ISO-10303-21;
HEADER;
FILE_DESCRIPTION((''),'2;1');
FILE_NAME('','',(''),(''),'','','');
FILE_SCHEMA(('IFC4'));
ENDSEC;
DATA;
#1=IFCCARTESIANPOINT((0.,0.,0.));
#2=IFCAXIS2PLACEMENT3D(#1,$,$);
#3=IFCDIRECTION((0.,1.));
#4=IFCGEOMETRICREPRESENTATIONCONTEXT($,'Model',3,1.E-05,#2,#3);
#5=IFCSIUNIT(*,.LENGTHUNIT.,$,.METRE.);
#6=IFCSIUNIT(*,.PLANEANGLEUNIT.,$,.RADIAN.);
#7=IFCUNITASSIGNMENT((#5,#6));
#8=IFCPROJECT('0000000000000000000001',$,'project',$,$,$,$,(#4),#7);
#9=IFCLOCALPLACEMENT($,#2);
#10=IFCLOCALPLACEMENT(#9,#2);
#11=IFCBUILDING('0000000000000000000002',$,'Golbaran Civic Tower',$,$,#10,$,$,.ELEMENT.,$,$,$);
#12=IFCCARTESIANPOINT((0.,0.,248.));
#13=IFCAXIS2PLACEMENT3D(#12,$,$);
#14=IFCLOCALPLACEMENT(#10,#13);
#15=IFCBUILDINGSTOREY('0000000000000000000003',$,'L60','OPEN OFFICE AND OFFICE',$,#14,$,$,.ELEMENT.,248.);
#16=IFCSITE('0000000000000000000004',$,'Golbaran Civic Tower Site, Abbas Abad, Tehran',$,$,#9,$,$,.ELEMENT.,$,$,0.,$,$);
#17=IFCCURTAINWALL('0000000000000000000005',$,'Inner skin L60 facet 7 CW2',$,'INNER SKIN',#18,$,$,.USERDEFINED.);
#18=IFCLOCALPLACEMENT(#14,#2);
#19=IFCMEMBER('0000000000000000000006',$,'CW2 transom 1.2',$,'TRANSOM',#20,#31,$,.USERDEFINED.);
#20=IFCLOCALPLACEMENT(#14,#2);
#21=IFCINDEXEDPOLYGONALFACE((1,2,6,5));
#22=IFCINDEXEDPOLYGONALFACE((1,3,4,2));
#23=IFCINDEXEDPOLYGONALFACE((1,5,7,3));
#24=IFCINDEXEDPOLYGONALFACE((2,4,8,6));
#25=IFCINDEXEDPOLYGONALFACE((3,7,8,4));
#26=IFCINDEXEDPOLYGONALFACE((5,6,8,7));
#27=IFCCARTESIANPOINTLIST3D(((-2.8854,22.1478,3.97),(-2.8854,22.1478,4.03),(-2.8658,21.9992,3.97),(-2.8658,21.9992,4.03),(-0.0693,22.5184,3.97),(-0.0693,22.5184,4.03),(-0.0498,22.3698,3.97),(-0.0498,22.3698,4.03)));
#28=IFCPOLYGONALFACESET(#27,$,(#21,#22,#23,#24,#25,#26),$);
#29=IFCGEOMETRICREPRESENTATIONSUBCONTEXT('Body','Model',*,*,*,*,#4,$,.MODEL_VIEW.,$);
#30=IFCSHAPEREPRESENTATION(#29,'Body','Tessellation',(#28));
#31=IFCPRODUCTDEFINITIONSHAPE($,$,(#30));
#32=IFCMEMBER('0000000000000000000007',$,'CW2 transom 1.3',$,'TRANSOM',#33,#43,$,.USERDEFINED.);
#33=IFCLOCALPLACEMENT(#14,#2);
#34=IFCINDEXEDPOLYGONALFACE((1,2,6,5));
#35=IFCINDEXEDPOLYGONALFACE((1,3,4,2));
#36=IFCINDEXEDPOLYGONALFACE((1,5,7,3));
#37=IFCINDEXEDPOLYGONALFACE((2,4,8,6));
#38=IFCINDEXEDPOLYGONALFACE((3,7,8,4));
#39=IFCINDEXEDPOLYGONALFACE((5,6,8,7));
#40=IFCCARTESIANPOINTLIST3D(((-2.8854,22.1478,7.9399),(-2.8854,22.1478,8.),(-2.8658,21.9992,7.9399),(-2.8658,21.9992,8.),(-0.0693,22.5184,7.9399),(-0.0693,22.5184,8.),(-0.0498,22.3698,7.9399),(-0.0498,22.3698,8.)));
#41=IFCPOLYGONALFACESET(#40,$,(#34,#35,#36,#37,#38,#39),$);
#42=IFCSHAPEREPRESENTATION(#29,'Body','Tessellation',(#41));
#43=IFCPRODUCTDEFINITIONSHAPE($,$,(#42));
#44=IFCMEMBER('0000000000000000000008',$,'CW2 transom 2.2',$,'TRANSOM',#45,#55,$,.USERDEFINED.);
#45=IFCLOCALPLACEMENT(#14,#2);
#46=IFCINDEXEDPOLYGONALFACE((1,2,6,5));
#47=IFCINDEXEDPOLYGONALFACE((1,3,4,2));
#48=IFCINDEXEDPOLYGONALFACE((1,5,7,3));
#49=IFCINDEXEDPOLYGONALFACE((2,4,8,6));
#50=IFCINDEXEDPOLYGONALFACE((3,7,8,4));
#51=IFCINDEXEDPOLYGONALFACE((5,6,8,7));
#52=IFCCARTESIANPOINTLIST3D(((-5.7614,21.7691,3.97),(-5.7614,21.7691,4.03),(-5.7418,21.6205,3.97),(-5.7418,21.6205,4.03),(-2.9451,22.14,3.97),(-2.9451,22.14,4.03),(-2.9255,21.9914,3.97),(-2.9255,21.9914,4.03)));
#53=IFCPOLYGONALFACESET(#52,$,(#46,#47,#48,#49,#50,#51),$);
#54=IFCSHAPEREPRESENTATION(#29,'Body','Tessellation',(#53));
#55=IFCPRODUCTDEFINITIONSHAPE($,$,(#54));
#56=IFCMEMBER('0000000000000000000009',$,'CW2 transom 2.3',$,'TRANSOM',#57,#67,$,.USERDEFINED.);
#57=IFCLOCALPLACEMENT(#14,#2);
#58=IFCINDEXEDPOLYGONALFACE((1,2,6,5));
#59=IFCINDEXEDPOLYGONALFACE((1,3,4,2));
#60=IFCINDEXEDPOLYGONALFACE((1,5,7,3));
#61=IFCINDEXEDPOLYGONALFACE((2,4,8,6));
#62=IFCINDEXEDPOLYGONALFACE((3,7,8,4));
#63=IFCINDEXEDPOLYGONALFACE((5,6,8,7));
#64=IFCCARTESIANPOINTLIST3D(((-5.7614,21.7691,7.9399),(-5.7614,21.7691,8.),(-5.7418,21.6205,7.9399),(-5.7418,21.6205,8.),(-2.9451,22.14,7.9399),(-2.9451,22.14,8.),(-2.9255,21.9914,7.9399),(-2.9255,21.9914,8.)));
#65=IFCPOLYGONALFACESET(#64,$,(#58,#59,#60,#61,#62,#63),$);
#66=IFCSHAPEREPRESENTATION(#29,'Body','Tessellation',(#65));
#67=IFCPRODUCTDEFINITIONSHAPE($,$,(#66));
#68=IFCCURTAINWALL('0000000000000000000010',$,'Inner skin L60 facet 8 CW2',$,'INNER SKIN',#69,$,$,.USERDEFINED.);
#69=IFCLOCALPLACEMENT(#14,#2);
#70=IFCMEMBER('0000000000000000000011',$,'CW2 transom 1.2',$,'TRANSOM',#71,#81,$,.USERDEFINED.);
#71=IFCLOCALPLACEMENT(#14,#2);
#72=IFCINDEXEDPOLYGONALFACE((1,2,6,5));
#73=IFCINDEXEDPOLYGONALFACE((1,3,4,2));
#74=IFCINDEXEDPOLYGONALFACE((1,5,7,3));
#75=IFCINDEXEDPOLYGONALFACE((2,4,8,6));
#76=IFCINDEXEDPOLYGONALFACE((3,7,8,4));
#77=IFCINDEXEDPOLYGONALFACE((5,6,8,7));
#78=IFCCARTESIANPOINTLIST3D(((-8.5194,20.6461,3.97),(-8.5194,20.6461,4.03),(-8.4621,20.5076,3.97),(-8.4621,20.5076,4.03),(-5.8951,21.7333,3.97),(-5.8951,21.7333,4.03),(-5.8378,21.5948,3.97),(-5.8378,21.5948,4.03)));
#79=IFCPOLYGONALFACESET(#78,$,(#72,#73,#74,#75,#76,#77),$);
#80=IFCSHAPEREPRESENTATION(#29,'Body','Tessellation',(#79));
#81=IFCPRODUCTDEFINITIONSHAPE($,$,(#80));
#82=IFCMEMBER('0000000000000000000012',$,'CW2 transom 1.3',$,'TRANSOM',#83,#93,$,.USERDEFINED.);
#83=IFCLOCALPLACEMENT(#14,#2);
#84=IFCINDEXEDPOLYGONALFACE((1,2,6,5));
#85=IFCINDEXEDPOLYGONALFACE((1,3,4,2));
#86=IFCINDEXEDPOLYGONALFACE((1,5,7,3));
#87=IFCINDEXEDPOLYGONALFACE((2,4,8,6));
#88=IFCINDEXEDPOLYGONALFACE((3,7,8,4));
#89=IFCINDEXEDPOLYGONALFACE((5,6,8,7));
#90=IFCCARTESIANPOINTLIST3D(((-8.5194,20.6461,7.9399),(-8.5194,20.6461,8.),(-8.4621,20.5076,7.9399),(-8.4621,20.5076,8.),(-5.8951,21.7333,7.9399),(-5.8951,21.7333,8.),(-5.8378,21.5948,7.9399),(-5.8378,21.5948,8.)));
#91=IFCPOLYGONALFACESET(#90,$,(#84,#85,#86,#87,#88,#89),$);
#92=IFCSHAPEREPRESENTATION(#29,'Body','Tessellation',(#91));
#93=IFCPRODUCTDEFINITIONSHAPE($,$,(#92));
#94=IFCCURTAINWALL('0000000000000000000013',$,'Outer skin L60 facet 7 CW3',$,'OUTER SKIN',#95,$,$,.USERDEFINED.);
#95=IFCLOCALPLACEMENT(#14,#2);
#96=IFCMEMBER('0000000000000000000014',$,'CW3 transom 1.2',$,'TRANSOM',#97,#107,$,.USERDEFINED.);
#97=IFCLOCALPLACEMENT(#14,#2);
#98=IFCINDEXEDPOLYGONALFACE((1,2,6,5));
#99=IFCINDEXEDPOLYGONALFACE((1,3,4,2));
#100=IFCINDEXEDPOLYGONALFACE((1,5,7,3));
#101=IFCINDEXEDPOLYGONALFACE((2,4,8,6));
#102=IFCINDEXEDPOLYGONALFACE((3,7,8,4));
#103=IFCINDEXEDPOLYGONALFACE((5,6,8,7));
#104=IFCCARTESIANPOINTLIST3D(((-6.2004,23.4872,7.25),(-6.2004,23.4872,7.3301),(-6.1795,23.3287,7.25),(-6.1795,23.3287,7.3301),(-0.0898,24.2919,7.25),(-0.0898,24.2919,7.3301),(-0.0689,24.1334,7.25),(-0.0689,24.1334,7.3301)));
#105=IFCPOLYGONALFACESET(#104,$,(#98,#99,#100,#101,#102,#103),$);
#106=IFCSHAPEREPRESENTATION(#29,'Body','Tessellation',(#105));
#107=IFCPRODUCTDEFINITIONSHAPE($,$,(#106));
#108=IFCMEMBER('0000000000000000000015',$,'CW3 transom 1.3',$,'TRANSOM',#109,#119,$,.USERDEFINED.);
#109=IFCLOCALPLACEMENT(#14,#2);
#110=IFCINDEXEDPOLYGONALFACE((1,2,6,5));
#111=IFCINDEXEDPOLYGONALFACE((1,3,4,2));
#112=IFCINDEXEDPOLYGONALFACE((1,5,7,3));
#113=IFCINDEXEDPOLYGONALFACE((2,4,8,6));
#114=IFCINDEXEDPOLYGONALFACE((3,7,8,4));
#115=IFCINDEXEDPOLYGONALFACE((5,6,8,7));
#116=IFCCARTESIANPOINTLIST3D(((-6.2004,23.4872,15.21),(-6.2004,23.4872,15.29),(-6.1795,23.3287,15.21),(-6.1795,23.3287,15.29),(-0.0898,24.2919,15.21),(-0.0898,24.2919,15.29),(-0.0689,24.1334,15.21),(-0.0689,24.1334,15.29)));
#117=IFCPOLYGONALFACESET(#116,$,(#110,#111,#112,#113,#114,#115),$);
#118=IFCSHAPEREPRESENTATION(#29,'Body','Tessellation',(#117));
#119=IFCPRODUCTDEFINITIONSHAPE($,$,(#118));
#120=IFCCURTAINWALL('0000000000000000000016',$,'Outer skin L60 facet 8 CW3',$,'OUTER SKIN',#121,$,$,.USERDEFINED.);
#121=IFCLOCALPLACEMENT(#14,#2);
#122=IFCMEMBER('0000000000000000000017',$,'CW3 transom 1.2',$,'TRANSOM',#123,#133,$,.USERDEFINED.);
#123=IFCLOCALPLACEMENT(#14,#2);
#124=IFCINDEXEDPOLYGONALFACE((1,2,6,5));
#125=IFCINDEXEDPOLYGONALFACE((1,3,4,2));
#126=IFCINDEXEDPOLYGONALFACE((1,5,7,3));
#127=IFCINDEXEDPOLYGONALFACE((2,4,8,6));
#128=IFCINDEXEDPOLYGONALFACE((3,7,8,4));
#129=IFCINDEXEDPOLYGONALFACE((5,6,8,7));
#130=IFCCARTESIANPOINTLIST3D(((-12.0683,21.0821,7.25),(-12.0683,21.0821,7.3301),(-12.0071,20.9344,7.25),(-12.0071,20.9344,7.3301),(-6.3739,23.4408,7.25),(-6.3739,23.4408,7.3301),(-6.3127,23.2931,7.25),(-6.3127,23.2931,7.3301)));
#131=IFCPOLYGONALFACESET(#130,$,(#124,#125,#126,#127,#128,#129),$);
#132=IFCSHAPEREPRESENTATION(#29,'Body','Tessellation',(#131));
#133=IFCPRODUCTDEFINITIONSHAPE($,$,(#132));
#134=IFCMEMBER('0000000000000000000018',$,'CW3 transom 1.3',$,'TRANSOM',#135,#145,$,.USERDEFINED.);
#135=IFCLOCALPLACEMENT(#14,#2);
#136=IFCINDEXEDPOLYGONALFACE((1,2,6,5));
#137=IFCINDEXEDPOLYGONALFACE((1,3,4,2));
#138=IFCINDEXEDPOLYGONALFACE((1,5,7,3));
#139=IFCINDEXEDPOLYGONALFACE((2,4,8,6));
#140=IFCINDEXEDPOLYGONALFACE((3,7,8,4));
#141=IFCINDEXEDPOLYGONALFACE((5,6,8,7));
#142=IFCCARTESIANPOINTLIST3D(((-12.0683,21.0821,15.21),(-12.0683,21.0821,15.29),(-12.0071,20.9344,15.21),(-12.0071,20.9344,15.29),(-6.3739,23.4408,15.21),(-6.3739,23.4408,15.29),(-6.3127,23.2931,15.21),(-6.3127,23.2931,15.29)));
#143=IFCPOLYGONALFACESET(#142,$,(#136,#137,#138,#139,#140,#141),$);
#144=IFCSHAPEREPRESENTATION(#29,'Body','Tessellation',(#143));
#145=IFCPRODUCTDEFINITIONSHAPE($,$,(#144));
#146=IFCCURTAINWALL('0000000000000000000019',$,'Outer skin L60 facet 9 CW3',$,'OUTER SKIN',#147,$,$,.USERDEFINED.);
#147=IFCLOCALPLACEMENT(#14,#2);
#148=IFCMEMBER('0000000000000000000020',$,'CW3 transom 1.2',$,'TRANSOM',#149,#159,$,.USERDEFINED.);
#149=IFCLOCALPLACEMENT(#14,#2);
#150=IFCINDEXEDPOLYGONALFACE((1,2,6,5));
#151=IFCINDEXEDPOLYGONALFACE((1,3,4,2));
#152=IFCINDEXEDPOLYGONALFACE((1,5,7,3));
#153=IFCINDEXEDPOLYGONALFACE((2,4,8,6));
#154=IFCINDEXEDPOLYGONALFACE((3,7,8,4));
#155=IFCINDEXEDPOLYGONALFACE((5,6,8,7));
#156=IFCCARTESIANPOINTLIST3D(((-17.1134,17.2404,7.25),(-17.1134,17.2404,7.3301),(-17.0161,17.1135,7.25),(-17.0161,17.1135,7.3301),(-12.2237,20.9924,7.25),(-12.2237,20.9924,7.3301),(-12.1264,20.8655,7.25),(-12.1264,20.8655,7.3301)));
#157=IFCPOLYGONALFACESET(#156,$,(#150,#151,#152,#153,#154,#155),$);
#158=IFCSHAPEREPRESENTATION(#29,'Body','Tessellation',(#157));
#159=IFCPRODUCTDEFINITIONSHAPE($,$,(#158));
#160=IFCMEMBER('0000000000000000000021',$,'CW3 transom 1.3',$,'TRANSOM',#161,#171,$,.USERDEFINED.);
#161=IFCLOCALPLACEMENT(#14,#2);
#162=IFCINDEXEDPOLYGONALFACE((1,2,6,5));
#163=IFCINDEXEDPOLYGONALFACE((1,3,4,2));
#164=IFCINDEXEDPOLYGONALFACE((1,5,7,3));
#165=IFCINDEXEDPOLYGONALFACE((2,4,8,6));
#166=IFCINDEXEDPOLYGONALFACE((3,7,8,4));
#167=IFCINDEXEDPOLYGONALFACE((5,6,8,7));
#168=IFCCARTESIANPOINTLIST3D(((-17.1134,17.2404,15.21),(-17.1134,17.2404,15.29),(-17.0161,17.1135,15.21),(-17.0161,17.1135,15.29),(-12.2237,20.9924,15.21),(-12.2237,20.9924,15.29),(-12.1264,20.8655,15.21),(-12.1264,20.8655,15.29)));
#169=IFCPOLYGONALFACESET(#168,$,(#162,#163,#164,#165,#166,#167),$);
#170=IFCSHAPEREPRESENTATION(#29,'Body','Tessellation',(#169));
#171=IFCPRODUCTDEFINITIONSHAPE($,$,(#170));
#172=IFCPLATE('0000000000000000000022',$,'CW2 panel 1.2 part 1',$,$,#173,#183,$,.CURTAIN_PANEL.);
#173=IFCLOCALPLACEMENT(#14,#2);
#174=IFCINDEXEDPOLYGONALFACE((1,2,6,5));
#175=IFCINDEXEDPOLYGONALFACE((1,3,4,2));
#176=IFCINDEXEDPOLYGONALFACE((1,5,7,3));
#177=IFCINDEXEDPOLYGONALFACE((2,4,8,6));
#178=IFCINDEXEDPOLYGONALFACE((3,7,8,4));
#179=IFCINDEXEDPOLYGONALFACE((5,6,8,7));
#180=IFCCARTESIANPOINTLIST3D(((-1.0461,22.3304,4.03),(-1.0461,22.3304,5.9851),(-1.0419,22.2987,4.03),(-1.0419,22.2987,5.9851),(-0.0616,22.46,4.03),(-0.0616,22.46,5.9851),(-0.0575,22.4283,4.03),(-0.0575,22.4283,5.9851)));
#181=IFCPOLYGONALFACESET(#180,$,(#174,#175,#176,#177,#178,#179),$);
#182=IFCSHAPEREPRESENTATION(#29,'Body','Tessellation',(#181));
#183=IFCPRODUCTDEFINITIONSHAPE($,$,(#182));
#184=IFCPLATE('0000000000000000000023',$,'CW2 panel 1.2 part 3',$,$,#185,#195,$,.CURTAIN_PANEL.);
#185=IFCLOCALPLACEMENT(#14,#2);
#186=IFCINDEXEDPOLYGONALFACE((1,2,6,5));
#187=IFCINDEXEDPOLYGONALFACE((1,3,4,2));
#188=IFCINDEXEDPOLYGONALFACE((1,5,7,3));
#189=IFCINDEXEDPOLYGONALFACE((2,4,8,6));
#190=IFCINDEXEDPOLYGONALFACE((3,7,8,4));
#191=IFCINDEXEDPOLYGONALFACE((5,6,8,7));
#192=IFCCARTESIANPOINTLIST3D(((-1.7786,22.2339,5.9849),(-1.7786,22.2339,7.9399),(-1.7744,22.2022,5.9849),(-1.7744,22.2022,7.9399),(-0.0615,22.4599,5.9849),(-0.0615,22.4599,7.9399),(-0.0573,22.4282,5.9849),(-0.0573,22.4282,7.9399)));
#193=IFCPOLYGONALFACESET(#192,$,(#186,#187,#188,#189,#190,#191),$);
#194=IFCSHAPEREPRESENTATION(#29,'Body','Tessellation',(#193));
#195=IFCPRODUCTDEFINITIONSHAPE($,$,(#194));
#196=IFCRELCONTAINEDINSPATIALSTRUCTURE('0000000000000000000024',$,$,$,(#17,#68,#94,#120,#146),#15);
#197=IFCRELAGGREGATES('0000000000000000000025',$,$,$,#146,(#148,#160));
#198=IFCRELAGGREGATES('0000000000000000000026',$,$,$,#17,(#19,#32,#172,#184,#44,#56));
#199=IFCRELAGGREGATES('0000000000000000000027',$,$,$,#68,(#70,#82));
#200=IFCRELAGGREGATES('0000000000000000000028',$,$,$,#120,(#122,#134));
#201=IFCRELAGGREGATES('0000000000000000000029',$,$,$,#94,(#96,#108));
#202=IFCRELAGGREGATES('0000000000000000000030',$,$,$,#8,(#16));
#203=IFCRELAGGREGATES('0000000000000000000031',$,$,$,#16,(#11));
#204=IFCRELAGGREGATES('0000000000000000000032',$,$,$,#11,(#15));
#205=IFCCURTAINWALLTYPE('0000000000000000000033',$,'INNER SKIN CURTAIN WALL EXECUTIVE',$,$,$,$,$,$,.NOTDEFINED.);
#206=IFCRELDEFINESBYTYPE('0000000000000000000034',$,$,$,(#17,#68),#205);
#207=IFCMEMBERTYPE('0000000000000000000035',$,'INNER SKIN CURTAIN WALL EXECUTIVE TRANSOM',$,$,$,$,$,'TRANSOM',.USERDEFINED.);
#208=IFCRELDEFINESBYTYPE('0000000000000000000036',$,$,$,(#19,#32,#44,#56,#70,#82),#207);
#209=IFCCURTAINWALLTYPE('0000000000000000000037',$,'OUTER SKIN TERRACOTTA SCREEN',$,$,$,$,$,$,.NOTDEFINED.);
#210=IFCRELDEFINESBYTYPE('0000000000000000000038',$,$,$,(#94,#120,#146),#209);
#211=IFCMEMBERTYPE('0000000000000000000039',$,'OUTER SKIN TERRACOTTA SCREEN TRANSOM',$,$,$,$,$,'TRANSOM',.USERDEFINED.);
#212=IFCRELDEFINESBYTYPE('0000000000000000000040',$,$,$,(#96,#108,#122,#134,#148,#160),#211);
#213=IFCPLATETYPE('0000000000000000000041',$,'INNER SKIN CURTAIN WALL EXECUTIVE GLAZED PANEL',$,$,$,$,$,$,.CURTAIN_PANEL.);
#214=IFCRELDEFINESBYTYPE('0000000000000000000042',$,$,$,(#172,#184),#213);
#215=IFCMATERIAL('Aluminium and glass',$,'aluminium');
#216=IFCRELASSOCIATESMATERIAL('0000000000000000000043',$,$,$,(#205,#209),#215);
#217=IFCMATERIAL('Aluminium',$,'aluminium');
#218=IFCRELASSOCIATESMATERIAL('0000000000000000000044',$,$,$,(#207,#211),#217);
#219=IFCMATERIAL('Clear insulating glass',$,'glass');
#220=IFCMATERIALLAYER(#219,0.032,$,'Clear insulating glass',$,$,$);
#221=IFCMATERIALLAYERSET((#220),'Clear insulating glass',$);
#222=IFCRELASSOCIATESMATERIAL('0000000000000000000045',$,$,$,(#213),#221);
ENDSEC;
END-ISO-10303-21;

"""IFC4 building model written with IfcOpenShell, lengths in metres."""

from ifc_helpers import new_model, si_unit, direction, frame, origin, origin_2d, place, context, subcontext, project, spatial, rectangle, extrude, material, layer, layer_set, material_profile, profile_set, type_object, element, aggregate, save


model = new_model("IFC4")

# Units and contexts
model_context = context("Model", 3, precision=1e-05, world=origin(), true_north=direction((0.0, 1.0)))
body_context = subcontext(model_context, "Body", "Model", "MODEL_VIEW")
ifc_project = project(units=[si_unit("LENGTHUNIT", "METRE"), si_unit("PLANEANGLEUNIT", "RADIAN")], contexts=[model_context])

# Site, building, storey
site_placement = place(None, origin())
site = spatial("IfcSite", under=ifc_project, at=site_placement, Name="Golbaran Civic Tower Site, Abbas Abad, Tehran", CompositionType="ELEMENT", RefElevation=0.0)
building_placement = place(site_placement, origin())
building = spatial("IfcBuilding", under=site, at=building_placement, Name="Golbaran Civic Tower", CompositionType="ELEMENT")
storey_placement = place(building_placement, frame((0.0, 0.0, 248.0)))
storey = spatial("IfcBuildingStorey", under=building, at=storey_placement, Name="L60", Description="OPEN OFFICE AND OFFICE", CompositionType="ELEMENT", Elevation=248.0)

# Curtain walls, members
ifc_material_1 = material(Name="Aluminium and glass", Category="aluminium")
curtain_wall_type_1 = type_object("IfcCurtainWallType", Name="INNER SKIN CURTAIN WALL EXECUTIVE", PredefinedType="NOTDEFINED", material=ifc_material_1)
curtain_wall_1_placement = place(storey_placement, origin())
curtain_wall_1 = element("IfcCurtainWall", 1, at=curtain_wall_1_placement, inside=storey, type_object=curtain_wall_type_1, Name="Inner skin L60 facet 7 CW2", ObjectType="INNER SKIN", PredefinedType="USERDEFINED")
ifc_material_2 = material(Name="Aluminium", Category="aluminium")
ifc_material_profile_1 = material_profile(ifc_material_2, rectangle(XDim=0.1499, YDim=0.0601, at=origin_2d()), Name="INNER SKIN CURTAIN WALL EXECUTIVE TRANSOM")
ifc_profile_set_1 = profile_set([ifc_material_profile_1], Name="Aluminium")
member_type_1 = type_object("IfcMemberType", Name="INNER SKIN CURTAIN WALL EXECUTIVE TRANSOM", ElementType="TRANSOM", PredefinedType="USERDEFINED", material=ifc_profile_set_1)
member_1_placement = place(storey_placement, frame((-0.0596, 22.4441, 4.0), z_axis=(-0.991452, -0.130475, 0.0), x_axis=(0.130475, -0.991452, 0.0)))
member_1 = element("IfcMember", 2, at=member_1_placement, type_object=member_type_1, Name="CW2 transom 1.2", ObjectType="TRANSOM", PredefinedType="USERDEFINED", context=body_context, shape_type="SweptSolid", body=[
    extrude(rectangle(XDim=0.1499, YDim=0.0601, at=origin_2d()), origin(), (0.0, 0.0, 1.0), 2.8403),
])
member_2_placement = place(storey_placement, frame((-0.0596, 22.4441, 7.97), z_axis=(-0.991452, -0.130475, 0.0), x_axis=(0.130475, -0.991452, 0.0)))
member_2 = element("IfcMember", 3, at=member_2_placement, type_object=member_type_1, Name="CW2 transom 1.3", ObjectType="TRANSOM", PredefinedType="USERDEFINED", context=body_context, shape_type="SweptSolid", body=[
    extrude(rectangle(XDim=0.1499, YDim=0.0601, at=origin_2d()), origin(), (0.0, 0.0, 1.0), 2.8403),
])
member_3_placement = place(storey_placement, frame((-2.9353, 22.0657, 4.0), z_axis=(-0.991441, -0.130559, 0.0), x_axis=(0.130559, -0.991441, 0.0)))
member_3 = element("IfcMember", 4, at=member_3_placement, type_object=member_type_1, Name="CW2 transom 2.2", ObjectType="TRANSOM", PredefinedType="USERDEFINED", context=body_context, shape_type="SweptSolid", body=[
    extrude(rectangle(XDim=0.1499, YDim=0.0601, at=origin_2d()), origin(), (0.0, 0.0, 1.0), 2.8406),
])
member_4_placement = place(storey_placement, frame((-2.9353, 22.0657, 7.97), z_axis=(-0.991441, -0.130559, 0.0), x_axis=(0.130559, -0.991441, 0.0)))
member_4 = element("IfcMember", 5, at=member_4_placement, type_object=member_type_1, Name="CW2 transom 2.3", ObjectType="TRANSOM", PredefinedType="USERDEFINED", context=body_context, shape_type="SweptSolid", body=[
    extrude(rectangle(XDim=0.1499, YDim=0.0601, at=origin_2d()), origin(), (0.0, 0.0, 1.0), 2.8406),
])
curtain_wall_2_placement = place(storey_placement, origin())
curtain_wall_2 = element("IfcCurtainWall", 6, at=curtain_wall_2_placement, inside=storey, type_object=curtain_wall_type_1, Name="Inner skin L60 facet 8 CW2", ObjectType="INNER SKIN", PredefinedType="USERDEFINED")
member_5_placement = place(storey_placement, frame((-5.8665, 21.6641, 4.0), z_axis=(-0.923861, -0.382729, 0.0), x_axis=(0.382729, -0.923861, 0.0)))
member_5 = element("IfcMember", 7, at=member_5_placement, type_object=member_type_1, Name="CW2 transom 1.2", ObjectType="TRANSOM", PredefinedType="USERDEFINED", context=body_context, shape_type="SweptSolid", body=[
    extrude(rectangle(XDim=0.1499, YDim=0.0601, at=origin_2d()), origin(), (0.0, 0.0, 1.0), 2.8406),
])
member_6_placement = place(storey_placement, frame((-5.8665, 21.6641, 7.97), z_axis=(-0.923861, -0.382729, 0.0), x_axis=(0.382729, -0.923861, 0.0)))
member_6 = element("IfcMember", 8, at=member_6_placement, type_object=member_type_1, Name="CW2 transom 1.3", ObjectType="TRANSOM", PredefinedType="USERDEFINED", context=body_context, shape_type="SweptSolid", body=[
    extrude(rectangle(XDim=0.1499, YDim=0.0601, at=origin_2d()), origin(), (0.0, 0.0, 1.0), 2.8406),
])
curtain_wall_type_2 = type_object("IfcCurtainWallType", Name="OUTER SKIN TERRACOTTA SCREEN", PredefinedType="NOTDEFINED", material=ifc_material_1)
curtain_wall_3_placement = place(storey_placement, origin())
curtain_wall_3 = element("IfcCurtainWall", 9, at=curtain_wall_3_placement, inside=storey, type_object=curtain_wall_type_2, Name="Outer skin L60 facet 7 CW3", ObjectType="OUTER SKIN", PredefinedType="USERDEFINED")
ifc_material_profile_2 = material_profile(ifc_material_2, rectangle(XDim=0.1599, YDim=0.0801, at=origin_2d()), Name="OUTER SKIN TERRACOTTA SCREEN TRANSOM")
ifc_profile_set_2 = profile_set([ifc_material_profile_2], Name="Aluminium")
member_type_2 = type_object("IfcMemberType", Name="OUTER SKIN TERRACOTTA SCREEN TRANSOM", ElementType="TRANSOM", PredefinedType="USERDEFINED", material=ifc_profile_set_2)
member_7_placement = place(storey_placement, frame((-0.0793, 24.2126, 7.29), z_axis=(-0.99144, -0.13056, 0.0), x_axis=(0.13056, -0.99144, 0.0)))
member_7 = element("IfcMember", 10, at=member_7_placement, type_object=member_type_2, Name="CW3 transom 1.2", ObjectType="TRANSOM", PredefinedType="USERDEFINED", context=body_context, shape_type="SweptSolid", body=[
    extrude(rectangle(XDim=0.1599, YDim=0.0801, at=origin_2d()), origin(), (0.0, 0.0, 1.0), 6.1633),
])
member_8_placement = place(storey_placement, frame((-0.0793, 24.2126, 15.25), z_axis=(-0.99144, -0.13056, 0.0), x_axis=(0.13056, -0.99144, 0.0)))
member_8 = element("IfcMember", 11, at=member_8_placement, type_object=member_type_2, Name="CW3 transom 1.3", ObjectType="TRANSOM", PredefinedType="USERDEFINED", context=body_context, shape_type="SweptSolid", body=[
    extrude(rectangle(XDim=0.1599, YDim=0.0801, at=origin_2d()), origin(), (0.0, 0.0, 1.0), 6.1633),
])
curtain_wall_4_placement = place(storey_placement, origin())
curtain_wall_4 = element("IfcCurtainWall", 12, at=curtain_wall_4_placement, inside=storey, type_object=curtain_wall_type_2, Name="Outer skin L60 facet 8 CW3", ObjectType="OUTER SKIN", PredefinedType="USERDEFINED")
member_9_placement = place(storey_placement, frame((-6.3433, 23.3669, 7.29), z_axis=(-0.923881, -0.382679, 0.0), x_axis=(0.382679, -0.923881, 0.0)))
member_9 = element("IfcMember", 13, at=member_9_placement, type_object=member_type_2, Name="CW3 transom 1.2", ObjectType="TRANSOM", PredefinedType="USERDEFINED", context=body_context, shape_type="SweptSolid", body=[
    extrude(rectangle(XDim=0.1599, YDim=0.0801, at=origin_2d()), origin(), (0.0, 0.0, 1.0), 6.1636),
])
member_10_placement = place(storey_placement, frame((-6.3433, 23.3669, 15.25), z_axis=(-0.923881, -0.382679, 0.0), x_axis=(0.382679, -0.923881, 0.0)))
member_10 = element("IfcMember", 14, at=member_10_placement, type_object=member_type_2, Name="CW3 transom 1.3", ObjectType="TRANSOM", PredefinedType="USERDEFINED", context=body_context, shape_type="SweptSolid", body=[
    extrude(rectangle(XDim=0.1599, YDim=0.0801, at=origin_2d()), origin(), (0.0, 0.0, 1.0), 6.1636),
])
curtain_wall_5_placement = place(storey_placement, origin())
curtain_wall_5 = element("IfcCurtainWall", 15, at=curtain_wall_5_placement, inside=storey, type_object=curtain_wall_type_2, Name="Outer skin L60 facet 9 CW3", ObjectType="OUTER SKIN", PredefinedType="USERDEFINED")
member_11_placement = place(storey_placement, frame((-12.175, 20.929, 7.29), z_axis=(-0.793354, -0.608761, 0.0), x_axis=(0.608761, -0.793354, 0.0)))
member_11 = element("IfcMember", 16, at=member_11_placement, type_object=member_type_2, Name="CW3 transom 1.2", ObjectType="TRANSOM", PredefinedType="USERDEFINED", context=body_context, shape_type="SweptSolid", body=[
    extrude(rectangle(XDim=0.1599, YDim=0.0801, at=origin_2d()), origin(), (0.0, 0.0, 1.0), 6.1633),
])
member_12_placement = place(storey_placement, frame((-12.175, 20.929, 15.25), z_axis=(-0.793354, -0.608761, 0.0), x_axis=(0.608761, -0.793354, 0.0)))
member_12 = element("IfcMember", 17, at=member_12_placement, type_object=member_type_2, Name="CW3 transom 1.3", ObjectType="TRANSOM", PredefinedType="USERDEFINED", context=body_context, shape_type="SweptSolid", body=[
    extrude(rectangle(XDim=0.1599, YDim=0.0801, at=origin_2d()), origin(), (0.0, 0.0, 1.0), 6.1633),
])
aggregate(curtain_wall_5, [member_11, member_12])

# Plates
ifc_material_3 = material(Name="Clear insulating glass", Category="glass")
ifc_layer_1 = layer(ifc_material_3, 0.032, Name="Clear insulating glass")
ifc_layer_set_1 = layer_set([ifc_layer_1], Name="Clear insulating glass")
plate_type_1 = type_object("IfcPlateType", Name="INNER SKIN CURTAIN WALL EXECUTIVE GLAZED PANEL", PredefinedType="CURTAIN_PANEL", material=ifc_layer_set_1)
plate_1_placement = place(storey_placement, frame((-0.5518, 22.3794, 4.03), z_axis=(0.0, 0.0, 1.0), x_axis=(-0.991445, -0.130526, 0.0)))
plate_1 = element("IfcPlate", 18, at=plate_1_placement, type_object=plate_type_1, Name="CW2 panel 1.2 part 1", PredefinedType="CURTAIN_PANEL", context=body_context, shape_type="SweptSolid", body=[
    extrude(rectangle(XDim=0.9929, YDim=0.032, at=origin_2d()), origin(), (0.0, 0.0, 1.0), 1.9551),
])
plate_2_placement = place(storey_placement, frame((-0.918, 22.3311, 5.9849), z_axis=(0.0, 0.0, 1.0), x_axis=(-0.991445, -0.130526, 0.0)))
plate_2 = element("IfcPlate", 19, at=plate_2_placement, type_object=plate_type_1, Name="CW2 panel 1.2 part 3", PredefinedType="CURTAIN_PANEL", context=body_context, shape_type="SweptSolid", body=[
    extrude(rectangle(XDim=1.7319, YDim=0.032, at=origin_2d()), origin(), (0.0, 0.0, 1.0), 1.9551),
])
aggregate(curtain_wall_1, [member_1, member_2, plate_1, plate_2, member_3, member_4])
aggregate(curtain_wall_2, [member_5, member_6])
aggregate(curtain_wall_4, [member_9, member_10])
aggregate(curtain_wall_3, [member_7, member_8])

save(model, "model.ifc")
